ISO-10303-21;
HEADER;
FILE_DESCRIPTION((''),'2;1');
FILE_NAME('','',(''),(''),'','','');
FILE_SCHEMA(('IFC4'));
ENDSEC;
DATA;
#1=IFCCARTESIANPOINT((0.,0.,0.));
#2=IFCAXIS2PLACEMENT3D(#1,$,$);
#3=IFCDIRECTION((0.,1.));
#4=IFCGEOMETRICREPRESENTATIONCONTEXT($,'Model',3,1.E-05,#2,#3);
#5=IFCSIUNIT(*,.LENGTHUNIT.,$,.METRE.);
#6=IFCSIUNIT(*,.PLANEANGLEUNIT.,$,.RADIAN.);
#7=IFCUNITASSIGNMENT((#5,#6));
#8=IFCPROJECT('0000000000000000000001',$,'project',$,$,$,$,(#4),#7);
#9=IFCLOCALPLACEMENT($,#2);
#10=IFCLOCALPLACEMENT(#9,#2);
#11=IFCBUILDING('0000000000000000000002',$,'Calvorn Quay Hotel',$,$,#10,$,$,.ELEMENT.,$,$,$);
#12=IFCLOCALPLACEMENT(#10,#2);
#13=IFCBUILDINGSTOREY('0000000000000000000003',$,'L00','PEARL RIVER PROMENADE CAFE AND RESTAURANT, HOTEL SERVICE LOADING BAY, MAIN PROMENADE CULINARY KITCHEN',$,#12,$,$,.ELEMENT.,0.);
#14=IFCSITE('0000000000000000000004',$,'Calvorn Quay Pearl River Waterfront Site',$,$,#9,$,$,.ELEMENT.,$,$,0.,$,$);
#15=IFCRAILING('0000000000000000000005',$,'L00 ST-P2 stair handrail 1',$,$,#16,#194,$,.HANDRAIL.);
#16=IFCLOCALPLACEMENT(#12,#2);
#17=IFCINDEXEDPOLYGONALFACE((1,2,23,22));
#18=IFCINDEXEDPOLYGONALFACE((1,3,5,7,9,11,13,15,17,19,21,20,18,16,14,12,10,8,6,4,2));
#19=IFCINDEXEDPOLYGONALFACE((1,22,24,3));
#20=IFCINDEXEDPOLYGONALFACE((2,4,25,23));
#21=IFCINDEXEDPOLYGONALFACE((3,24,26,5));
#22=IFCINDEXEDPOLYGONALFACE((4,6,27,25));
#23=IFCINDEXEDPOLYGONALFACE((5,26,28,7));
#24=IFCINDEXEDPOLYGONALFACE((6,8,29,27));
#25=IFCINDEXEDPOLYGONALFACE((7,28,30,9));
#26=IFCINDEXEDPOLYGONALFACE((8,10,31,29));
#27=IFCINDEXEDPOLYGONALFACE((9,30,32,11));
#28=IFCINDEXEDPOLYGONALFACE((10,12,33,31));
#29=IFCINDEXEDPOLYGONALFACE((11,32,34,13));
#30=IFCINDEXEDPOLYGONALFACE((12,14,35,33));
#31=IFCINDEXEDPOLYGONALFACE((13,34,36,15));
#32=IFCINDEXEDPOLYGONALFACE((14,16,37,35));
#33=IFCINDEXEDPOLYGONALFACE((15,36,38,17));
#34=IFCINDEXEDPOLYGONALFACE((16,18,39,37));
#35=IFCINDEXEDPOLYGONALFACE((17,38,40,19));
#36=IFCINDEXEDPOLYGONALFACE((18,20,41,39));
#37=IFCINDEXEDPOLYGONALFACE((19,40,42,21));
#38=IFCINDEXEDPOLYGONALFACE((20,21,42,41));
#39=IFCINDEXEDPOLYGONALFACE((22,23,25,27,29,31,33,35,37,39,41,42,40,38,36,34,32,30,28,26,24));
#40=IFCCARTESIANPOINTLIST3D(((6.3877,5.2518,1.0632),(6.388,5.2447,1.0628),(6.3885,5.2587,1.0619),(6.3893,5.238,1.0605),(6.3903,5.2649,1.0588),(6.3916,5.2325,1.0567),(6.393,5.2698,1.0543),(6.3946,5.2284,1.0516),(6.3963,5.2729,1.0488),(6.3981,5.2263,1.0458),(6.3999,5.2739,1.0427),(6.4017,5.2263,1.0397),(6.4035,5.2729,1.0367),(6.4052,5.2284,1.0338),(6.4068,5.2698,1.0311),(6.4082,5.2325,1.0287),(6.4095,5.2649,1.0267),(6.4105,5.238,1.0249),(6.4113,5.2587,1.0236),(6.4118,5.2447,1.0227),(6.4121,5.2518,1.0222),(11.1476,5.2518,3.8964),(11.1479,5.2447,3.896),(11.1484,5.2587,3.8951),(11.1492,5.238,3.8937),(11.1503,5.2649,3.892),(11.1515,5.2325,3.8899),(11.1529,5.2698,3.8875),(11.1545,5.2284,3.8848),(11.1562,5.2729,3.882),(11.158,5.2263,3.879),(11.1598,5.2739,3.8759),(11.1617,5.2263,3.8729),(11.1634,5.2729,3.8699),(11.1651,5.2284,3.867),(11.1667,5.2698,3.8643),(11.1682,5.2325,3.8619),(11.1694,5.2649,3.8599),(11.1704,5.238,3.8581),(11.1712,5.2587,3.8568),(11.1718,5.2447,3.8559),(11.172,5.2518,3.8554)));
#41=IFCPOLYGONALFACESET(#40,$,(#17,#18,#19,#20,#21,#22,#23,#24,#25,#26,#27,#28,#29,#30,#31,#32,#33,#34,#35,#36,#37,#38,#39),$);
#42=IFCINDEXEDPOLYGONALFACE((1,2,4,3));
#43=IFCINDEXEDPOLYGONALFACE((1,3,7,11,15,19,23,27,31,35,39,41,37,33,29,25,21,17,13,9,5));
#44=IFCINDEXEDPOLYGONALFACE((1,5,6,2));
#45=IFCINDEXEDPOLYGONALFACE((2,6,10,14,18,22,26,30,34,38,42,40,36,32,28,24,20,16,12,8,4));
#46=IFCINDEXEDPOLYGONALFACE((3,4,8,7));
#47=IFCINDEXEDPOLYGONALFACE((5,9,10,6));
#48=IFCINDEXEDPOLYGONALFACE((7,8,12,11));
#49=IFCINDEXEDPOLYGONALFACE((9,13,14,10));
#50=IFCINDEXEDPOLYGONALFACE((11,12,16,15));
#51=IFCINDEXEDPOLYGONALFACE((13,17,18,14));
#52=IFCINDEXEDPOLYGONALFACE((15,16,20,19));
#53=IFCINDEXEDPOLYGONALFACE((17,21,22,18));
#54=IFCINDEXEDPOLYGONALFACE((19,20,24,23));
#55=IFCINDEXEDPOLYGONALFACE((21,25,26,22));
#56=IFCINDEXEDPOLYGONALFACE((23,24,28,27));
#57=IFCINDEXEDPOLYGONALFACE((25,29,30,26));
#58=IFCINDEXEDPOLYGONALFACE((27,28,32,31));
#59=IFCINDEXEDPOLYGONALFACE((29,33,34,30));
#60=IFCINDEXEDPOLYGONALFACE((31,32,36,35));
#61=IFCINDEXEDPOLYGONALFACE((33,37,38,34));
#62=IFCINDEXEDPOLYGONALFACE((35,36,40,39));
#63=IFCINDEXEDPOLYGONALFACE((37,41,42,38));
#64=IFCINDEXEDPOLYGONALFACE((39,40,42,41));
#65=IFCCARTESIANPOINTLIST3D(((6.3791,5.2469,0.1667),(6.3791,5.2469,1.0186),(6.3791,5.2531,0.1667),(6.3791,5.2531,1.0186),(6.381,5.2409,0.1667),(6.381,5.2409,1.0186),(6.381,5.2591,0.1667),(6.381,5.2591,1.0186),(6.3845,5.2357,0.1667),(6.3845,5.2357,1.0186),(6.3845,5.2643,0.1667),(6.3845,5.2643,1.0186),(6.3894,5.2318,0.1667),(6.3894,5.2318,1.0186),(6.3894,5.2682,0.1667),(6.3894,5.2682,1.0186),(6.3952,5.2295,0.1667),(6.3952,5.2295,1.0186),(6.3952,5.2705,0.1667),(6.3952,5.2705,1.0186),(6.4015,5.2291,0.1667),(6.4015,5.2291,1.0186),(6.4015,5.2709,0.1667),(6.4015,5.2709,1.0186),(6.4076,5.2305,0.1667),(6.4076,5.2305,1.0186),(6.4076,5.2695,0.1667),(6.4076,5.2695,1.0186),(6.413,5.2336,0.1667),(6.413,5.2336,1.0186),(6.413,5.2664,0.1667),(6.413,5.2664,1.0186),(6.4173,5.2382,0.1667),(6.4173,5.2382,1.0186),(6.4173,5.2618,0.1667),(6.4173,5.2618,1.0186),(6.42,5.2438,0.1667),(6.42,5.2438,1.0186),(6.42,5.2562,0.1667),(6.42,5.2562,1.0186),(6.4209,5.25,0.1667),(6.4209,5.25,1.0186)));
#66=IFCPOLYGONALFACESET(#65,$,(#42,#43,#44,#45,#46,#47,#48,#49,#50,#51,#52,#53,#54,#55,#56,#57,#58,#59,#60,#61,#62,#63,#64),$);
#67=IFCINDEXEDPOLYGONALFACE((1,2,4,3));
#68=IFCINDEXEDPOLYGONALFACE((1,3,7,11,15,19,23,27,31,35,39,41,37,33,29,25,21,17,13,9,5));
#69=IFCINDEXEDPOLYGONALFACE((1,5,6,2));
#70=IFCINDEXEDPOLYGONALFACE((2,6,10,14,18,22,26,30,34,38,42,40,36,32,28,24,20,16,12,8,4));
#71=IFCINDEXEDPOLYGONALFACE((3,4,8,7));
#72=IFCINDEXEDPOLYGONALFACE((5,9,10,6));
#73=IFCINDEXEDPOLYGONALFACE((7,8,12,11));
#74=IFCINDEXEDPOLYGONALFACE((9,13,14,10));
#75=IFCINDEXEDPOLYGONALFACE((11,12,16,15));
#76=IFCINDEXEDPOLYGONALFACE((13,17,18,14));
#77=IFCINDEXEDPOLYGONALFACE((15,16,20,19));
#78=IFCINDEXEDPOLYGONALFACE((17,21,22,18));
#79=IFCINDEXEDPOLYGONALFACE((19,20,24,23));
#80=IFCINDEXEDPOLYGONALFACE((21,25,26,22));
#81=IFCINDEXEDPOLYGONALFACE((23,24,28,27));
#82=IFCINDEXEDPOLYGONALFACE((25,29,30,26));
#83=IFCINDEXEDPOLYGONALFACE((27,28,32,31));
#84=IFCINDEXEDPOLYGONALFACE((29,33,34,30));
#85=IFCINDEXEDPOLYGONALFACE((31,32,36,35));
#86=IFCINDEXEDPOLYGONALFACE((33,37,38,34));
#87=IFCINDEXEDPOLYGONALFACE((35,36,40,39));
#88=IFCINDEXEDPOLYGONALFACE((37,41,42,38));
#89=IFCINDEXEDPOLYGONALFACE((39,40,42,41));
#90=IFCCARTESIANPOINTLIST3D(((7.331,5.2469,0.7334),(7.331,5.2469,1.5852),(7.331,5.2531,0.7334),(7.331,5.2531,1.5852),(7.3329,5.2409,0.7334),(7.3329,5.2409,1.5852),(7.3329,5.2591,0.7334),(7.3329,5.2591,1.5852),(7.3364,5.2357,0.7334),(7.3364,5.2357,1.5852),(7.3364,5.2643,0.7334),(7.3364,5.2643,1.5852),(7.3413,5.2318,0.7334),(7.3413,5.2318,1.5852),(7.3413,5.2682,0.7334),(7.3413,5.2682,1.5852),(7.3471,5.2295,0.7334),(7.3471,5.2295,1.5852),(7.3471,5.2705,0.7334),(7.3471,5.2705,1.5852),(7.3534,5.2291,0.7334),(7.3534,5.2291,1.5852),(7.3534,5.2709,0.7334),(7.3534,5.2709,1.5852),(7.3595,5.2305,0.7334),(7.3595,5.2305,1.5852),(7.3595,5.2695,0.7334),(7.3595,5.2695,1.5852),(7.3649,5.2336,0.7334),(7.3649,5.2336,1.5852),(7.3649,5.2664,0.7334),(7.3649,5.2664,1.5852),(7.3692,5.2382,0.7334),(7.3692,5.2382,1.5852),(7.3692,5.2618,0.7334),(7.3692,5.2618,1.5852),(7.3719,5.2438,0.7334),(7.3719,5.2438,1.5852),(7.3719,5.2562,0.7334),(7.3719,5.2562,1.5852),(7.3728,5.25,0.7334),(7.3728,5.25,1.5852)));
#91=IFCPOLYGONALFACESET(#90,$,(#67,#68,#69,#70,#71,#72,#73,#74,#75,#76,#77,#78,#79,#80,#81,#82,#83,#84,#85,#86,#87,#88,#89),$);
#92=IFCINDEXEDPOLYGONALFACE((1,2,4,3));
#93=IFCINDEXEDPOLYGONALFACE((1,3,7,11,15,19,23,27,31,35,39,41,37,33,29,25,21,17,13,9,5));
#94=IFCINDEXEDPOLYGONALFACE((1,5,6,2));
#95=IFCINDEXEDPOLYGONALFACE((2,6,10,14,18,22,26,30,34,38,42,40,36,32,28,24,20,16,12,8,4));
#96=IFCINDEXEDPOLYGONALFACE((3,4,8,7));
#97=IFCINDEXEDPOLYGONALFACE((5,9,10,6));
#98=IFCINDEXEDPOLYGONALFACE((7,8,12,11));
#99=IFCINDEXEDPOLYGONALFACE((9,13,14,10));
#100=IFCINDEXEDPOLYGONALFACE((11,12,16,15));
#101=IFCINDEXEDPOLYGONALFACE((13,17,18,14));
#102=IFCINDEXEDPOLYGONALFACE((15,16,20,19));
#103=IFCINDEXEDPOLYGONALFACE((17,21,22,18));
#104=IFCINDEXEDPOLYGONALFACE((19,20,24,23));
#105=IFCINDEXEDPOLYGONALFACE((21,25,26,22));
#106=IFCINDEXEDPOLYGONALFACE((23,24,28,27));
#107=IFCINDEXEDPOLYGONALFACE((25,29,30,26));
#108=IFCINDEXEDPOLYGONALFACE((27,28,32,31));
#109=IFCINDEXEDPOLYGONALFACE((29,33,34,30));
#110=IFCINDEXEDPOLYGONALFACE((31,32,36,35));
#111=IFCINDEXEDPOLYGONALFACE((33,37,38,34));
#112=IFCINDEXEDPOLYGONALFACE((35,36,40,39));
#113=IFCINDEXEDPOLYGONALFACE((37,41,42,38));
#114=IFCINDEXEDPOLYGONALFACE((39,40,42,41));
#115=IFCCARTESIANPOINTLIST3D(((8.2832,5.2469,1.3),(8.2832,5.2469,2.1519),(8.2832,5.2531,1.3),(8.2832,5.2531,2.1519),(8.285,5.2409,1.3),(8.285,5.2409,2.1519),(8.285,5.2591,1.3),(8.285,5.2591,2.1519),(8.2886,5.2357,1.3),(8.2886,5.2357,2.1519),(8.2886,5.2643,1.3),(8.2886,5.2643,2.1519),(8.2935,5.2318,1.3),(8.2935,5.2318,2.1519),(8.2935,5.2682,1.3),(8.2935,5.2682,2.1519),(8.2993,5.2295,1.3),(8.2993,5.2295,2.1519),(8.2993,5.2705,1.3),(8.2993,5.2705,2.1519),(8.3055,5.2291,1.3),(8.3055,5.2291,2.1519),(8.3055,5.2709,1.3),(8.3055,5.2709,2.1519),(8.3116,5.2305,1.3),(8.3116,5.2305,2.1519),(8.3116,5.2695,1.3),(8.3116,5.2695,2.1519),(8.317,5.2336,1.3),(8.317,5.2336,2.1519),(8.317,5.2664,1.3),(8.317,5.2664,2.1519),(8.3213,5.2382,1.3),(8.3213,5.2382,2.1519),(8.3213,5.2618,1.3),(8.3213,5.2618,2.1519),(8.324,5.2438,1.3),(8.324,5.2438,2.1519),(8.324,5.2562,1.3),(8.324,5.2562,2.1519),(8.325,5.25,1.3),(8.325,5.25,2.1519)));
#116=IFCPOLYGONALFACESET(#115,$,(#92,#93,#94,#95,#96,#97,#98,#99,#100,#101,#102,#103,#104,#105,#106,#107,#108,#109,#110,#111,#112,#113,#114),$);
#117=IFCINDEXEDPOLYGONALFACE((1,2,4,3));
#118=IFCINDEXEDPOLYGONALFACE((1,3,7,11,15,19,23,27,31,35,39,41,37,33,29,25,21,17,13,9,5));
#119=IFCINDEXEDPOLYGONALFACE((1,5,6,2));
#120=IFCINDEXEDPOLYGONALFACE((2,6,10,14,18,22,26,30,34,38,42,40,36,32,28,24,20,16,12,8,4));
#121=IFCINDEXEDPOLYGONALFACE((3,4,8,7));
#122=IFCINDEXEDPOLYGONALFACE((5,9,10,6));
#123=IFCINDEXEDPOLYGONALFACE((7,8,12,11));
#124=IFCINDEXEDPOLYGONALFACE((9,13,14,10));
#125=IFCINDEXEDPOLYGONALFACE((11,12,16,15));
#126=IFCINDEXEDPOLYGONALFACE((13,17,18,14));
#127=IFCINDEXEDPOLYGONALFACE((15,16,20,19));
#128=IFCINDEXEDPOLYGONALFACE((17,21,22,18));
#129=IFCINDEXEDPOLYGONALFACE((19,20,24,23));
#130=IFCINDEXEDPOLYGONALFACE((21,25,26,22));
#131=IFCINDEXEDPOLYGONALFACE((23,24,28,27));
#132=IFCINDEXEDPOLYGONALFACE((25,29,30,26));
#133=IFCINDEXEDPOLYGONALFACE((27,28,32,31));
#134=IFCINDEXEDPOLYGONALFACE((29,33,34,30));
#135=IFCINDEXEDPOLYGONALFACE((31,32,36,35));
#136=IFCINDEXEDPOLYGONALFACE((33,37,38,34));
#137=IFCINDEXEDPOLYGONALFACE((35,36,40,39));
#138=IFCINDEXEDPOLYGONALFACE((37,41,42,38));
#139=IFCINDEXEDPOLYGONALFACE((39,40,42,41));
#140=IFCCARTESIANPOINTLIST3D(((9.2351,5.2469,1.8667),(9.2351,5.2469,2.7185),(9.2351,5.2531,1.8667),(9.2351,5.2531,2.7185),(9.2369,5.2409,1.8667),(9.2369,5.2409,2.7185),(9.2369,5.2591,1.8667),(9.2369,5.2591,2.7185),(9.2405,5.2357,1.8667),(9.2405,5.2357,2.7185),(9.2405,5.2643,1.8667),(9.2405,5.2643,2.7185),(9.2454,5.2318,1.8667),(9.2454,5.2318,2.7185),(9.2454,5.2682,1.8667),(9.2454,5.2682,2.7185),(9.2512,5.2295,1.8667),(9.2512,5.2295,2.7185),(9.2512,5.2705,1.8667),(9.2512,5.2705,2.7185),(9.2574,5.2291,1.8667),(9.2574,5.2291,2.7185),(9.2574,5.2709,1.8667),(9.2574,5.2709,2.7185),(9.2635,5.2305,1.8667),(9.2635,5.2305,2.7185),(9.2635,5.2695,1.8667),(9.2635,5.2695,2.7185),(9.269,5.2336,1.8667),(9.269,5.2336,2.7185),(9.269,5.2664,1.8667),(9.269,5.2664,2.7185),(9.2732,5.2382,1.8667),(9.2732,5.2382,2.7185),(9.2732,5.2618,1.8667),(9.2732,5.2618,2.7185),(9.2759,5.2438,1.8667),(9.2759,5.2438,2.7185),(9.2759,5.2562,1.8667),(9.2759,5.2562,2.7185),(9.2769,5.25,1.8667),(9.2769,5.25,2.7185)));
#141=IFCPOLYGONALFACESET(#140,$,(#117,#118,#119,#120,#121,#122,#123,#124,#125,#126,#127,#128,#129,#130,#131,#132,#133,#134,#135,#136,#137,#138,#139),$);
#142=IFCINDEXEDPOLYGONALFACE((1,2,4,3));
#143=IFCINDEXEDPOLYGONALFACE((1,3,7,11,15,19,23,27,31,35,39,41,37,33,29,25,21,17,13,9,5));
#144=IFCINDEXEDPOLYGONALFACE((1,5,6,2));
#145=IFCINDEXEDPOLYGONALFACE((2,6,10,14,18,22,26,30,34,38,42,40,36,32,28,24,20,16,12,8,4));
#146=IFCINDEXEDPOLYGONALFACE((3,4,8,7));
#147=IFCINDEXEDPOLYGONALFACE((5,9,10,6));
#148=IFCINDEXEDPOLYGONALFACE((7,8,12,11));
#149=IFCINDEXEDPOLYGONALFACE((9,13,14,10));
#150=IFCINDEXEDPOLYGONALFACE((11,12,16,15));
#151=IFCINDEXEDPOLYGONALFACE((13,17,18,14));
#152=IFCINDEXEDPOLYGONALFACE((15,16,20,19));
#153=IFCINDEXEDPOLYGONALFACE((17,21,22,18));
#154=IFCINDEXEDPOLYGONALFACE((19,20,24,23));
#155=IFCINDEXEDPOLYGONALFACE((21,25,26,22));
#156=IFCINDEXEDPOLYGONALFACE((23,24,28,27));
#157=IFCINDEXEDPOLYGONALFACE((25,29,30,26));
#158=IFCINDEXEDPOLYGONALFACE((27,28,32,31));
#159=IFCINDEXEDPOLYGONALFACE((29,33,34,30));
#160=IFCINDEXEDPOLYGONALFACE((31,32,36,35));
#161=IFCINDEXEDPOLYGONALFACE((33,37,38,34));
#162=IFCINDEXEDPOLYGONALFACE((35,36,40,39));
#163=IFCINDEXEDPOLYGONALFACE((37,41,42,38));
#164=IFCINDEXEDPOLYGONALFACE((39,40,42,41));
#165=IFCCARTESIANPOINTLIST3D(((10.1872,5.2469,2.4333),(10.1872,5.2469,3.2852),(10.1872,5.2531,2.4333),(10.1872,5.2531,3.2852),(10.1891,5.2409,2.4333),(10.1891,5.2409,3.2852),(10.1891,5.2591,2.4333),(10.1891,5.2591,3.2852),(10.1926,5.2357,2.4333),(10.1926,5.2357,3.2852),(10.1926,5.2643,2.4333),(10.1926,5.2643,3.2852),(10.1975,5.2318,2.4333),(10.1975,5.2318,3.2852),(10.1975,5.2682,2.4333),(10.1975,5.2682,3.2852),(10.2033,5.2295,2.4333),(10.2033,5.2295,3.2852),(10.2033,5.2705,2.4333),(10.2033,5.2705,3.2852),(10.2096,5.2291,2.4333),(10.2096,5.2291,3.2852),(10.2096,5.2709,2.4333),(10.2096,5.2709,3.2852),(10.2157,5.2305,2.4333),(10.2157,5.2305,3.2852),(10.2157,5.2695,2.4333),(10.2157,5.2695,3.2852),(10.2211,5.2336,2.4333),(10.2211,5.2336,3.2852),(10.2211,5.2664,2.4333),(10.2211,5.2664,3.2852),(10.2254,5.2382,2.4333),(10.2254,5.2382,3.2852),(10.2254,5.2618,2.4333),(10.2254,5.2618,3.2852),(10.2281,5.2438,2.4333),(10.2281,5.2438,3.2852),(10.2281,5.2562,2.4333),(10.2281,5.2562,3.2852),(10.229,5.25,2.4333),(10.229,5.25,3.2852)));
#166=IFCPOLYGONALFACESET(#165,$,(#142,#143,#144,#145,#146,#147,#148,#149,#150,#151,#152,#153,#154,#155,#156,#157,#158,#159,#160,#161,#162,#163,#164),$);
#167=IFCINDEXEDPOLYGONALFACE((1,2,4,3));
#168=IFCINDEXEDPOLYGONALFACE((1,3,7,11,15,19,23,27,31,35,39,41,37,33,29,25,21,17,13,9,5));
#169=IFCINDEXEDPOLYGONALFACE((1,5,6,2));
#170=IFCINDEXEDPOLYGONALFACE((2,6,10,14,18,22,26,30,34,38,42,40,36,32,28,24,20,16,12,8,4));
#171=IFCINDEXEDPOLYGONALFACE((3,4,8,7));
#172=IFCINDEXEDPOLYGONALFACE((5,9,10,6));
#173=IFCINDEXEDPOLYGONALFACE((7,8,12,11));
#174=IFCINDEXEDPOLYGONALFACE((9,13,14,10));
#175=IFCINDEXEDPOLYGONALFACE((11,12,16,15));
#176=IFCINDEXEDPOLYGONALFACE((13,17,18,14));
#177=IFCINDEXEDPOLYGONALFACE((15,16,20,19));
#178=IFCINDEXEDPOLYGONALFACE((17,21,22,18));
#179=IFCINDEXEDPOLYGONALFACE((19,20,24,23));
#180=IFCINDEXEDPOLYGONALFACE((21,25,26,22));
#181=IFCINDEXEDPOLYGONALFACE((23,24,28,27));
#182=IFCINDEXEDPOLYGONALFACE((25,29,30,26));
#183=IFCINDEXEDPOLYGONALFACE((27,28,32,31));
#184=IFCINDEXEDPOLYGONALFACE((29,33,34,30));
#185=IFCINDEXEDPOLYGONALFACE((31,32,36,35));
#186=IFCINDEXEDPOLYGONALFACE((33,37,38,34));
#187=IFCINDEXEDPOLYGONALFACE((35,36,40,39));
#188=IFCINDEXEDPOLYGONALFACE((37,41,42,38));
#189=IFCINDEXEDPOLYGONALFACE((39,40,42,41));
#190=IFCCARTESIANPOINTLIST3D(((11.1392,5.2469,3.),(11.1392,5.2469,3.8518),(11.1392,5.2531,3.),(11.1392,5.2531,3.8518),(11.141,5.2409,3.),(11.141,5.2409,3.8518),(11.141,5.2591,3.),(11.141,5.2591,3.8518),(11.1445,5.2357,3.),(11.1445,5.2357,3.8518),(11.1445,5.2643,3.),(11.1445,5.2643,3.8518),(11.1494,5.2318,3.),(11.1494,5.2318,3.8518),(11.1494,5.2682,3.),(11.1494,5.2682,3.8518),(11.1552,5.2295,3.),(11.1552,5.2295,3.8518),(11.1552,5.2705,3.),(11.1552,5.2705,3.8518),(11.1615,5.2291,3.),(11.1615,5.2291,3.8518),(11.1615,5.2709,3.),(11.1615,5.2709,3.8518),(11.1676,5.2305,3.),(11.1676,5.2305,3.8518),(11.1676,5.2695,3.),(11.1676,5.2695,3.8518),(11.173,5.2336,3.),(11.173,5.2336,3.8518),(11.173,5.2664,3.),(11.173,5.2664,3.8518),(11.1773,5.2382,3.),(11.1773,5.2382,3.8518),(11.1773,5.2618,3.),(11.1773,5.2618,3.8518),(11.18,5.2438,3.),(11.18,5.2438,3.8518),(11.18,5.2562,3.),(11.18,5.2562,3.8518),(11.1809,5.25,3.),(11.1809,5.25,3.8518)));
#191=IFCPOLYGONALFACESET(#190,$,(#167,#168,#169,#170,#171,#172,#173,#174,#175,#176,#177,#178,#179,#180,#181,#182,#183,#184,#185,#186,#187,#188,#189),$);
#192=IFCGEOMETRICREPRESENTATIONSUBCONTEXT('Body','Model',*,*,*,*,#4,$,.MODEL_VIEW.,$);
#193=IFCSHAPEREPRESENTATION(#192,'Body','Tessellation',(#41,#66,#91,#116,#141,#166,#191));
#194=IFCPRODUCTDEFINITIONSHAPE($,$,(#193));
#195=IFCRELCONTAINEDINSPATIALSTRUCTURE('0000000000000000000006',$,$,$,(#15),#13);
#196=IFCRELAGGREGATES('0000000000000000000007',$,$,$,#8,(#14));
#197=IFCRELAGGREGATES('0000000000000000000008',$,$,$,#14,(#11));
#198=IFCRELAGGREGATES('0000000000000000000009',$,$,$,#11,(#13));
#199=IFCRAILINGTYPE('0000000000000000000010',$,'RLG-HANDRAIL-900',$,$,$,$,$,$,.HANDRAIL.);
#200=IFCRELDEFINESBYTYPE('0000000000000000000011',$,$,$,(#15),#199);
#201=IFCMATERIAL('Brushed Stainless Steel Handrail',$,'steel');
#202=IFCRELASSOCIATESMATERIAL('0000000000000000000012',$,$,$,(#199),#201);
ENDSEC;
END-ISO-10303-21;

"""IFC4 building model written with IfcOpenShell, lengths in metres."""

from ifc_helpers import new_model, si_unit, direction, frame, origin, origin_2d, place, context, subcontext, project, spatial, circle, extrude, material, type_object, element, save


model = new_model("IFC4")

# Units and contexts
model_context = context("Model", 3, precision=1e-05, world=origin(), true_north=direction((0.0, 1.0)))
body_context = subcontext(model_context, "Body", "Model", "MODEL_VIEW")
ifc_project = project(units=[si_unit("LENGTHUNIT", "METRE"), si_unit("PLANEANGLEUNIT", "RADIAN")], contexts=[model_context])

# Site, building, storey
site_placement = place(None, origin())
site = spatial("IfcSite", under=ifc_project, at=site_placement, Name="Calvorn Quay Pearl River Waterfront Site", CompositionType="ELEMENT", RefElevation=0.0)
building_placement = place(site_placement, origin())
building = spatial("IfcBuilding", under=site, at=building_placement, Name="Calvorn Quay Hotel", CompositionType="ELEMENT")
storey_placement = place(building_placement, origin())
storey = spatial("IfcBuildingStorey", under=building, at=storey_placement, Name="L00", Description="PEARL RIVER PROMENADE CAFE AND RESTAURANT, HOTEL SERVICE LOADING BAY, MAIN PROMENADE CULINARY KITCHEN", CompositionType="ELEMENT", Elevation=0.0)

# Railing
ifc_material_1 = material(Name="Brushed Stainless Steel Handrail", Category="steel")
railing_type_1 = type_object("IfcRailingType", Name="RLG-HANDRAIL-900", PredefinedType="HANDRAIL", material=ifc_material_1)
railing_1_placement = place(storey_placement, frame((6.3999, 5.25, 0.1667)))
element("IfcRailing", 1, at=railing_1_placement, inside=storey, type_object=railing_type_1, Name="L00 ST-P2 stair handrail 1", PredefinedType="HANDRAIL", context=body_context, shape_type="SweptSolid", body=[
    extrude(circle(Radius=0.0239, at=origin_2d()), frame((0.0, 0.0, 0.876), z_axis=(0.8593, 0.0, 0.511472), x_axis=(0.0, 1.0, 0.0)), (0.0, 0.0, 1.0), 5.5393),
    extrude(circle(Radius=0.021, at=origin_2d()), origin(), (0.0, 0.0, 1.0), 0.8518),
    extrude(circle(Radius=0.021, at=origin_2d()), frame((0.9519, 0.0, 0.5667)), (0.0, 0.0, 1.0), 0.8518),
    extrude(circle(Radius=0.021, at=origin_2d()), frame((1.9041, 0.0, 1.1333)), (0.0, 0.0, 1.0), 0.8518),
    extrude(circle(Radius=0.021, at=origin_2d()), frame((2.856, 0.0, 1.7)), (0.0, 0.0, 1.0), 0.8518),
    extrude(circle(Radius=0.021, at=origin_2d()), frame((3.8081, 0.0, 2.2666)), (0.0, 0.0, 1.0), 0.8518),
    extrude(circle(Radius=0.021, at=origin_2d()), frame((4.76, 0.0, 2.8333)), (0.0, 0.0, 1.0), 0.8518),
])

save(model, "model.ifc")
